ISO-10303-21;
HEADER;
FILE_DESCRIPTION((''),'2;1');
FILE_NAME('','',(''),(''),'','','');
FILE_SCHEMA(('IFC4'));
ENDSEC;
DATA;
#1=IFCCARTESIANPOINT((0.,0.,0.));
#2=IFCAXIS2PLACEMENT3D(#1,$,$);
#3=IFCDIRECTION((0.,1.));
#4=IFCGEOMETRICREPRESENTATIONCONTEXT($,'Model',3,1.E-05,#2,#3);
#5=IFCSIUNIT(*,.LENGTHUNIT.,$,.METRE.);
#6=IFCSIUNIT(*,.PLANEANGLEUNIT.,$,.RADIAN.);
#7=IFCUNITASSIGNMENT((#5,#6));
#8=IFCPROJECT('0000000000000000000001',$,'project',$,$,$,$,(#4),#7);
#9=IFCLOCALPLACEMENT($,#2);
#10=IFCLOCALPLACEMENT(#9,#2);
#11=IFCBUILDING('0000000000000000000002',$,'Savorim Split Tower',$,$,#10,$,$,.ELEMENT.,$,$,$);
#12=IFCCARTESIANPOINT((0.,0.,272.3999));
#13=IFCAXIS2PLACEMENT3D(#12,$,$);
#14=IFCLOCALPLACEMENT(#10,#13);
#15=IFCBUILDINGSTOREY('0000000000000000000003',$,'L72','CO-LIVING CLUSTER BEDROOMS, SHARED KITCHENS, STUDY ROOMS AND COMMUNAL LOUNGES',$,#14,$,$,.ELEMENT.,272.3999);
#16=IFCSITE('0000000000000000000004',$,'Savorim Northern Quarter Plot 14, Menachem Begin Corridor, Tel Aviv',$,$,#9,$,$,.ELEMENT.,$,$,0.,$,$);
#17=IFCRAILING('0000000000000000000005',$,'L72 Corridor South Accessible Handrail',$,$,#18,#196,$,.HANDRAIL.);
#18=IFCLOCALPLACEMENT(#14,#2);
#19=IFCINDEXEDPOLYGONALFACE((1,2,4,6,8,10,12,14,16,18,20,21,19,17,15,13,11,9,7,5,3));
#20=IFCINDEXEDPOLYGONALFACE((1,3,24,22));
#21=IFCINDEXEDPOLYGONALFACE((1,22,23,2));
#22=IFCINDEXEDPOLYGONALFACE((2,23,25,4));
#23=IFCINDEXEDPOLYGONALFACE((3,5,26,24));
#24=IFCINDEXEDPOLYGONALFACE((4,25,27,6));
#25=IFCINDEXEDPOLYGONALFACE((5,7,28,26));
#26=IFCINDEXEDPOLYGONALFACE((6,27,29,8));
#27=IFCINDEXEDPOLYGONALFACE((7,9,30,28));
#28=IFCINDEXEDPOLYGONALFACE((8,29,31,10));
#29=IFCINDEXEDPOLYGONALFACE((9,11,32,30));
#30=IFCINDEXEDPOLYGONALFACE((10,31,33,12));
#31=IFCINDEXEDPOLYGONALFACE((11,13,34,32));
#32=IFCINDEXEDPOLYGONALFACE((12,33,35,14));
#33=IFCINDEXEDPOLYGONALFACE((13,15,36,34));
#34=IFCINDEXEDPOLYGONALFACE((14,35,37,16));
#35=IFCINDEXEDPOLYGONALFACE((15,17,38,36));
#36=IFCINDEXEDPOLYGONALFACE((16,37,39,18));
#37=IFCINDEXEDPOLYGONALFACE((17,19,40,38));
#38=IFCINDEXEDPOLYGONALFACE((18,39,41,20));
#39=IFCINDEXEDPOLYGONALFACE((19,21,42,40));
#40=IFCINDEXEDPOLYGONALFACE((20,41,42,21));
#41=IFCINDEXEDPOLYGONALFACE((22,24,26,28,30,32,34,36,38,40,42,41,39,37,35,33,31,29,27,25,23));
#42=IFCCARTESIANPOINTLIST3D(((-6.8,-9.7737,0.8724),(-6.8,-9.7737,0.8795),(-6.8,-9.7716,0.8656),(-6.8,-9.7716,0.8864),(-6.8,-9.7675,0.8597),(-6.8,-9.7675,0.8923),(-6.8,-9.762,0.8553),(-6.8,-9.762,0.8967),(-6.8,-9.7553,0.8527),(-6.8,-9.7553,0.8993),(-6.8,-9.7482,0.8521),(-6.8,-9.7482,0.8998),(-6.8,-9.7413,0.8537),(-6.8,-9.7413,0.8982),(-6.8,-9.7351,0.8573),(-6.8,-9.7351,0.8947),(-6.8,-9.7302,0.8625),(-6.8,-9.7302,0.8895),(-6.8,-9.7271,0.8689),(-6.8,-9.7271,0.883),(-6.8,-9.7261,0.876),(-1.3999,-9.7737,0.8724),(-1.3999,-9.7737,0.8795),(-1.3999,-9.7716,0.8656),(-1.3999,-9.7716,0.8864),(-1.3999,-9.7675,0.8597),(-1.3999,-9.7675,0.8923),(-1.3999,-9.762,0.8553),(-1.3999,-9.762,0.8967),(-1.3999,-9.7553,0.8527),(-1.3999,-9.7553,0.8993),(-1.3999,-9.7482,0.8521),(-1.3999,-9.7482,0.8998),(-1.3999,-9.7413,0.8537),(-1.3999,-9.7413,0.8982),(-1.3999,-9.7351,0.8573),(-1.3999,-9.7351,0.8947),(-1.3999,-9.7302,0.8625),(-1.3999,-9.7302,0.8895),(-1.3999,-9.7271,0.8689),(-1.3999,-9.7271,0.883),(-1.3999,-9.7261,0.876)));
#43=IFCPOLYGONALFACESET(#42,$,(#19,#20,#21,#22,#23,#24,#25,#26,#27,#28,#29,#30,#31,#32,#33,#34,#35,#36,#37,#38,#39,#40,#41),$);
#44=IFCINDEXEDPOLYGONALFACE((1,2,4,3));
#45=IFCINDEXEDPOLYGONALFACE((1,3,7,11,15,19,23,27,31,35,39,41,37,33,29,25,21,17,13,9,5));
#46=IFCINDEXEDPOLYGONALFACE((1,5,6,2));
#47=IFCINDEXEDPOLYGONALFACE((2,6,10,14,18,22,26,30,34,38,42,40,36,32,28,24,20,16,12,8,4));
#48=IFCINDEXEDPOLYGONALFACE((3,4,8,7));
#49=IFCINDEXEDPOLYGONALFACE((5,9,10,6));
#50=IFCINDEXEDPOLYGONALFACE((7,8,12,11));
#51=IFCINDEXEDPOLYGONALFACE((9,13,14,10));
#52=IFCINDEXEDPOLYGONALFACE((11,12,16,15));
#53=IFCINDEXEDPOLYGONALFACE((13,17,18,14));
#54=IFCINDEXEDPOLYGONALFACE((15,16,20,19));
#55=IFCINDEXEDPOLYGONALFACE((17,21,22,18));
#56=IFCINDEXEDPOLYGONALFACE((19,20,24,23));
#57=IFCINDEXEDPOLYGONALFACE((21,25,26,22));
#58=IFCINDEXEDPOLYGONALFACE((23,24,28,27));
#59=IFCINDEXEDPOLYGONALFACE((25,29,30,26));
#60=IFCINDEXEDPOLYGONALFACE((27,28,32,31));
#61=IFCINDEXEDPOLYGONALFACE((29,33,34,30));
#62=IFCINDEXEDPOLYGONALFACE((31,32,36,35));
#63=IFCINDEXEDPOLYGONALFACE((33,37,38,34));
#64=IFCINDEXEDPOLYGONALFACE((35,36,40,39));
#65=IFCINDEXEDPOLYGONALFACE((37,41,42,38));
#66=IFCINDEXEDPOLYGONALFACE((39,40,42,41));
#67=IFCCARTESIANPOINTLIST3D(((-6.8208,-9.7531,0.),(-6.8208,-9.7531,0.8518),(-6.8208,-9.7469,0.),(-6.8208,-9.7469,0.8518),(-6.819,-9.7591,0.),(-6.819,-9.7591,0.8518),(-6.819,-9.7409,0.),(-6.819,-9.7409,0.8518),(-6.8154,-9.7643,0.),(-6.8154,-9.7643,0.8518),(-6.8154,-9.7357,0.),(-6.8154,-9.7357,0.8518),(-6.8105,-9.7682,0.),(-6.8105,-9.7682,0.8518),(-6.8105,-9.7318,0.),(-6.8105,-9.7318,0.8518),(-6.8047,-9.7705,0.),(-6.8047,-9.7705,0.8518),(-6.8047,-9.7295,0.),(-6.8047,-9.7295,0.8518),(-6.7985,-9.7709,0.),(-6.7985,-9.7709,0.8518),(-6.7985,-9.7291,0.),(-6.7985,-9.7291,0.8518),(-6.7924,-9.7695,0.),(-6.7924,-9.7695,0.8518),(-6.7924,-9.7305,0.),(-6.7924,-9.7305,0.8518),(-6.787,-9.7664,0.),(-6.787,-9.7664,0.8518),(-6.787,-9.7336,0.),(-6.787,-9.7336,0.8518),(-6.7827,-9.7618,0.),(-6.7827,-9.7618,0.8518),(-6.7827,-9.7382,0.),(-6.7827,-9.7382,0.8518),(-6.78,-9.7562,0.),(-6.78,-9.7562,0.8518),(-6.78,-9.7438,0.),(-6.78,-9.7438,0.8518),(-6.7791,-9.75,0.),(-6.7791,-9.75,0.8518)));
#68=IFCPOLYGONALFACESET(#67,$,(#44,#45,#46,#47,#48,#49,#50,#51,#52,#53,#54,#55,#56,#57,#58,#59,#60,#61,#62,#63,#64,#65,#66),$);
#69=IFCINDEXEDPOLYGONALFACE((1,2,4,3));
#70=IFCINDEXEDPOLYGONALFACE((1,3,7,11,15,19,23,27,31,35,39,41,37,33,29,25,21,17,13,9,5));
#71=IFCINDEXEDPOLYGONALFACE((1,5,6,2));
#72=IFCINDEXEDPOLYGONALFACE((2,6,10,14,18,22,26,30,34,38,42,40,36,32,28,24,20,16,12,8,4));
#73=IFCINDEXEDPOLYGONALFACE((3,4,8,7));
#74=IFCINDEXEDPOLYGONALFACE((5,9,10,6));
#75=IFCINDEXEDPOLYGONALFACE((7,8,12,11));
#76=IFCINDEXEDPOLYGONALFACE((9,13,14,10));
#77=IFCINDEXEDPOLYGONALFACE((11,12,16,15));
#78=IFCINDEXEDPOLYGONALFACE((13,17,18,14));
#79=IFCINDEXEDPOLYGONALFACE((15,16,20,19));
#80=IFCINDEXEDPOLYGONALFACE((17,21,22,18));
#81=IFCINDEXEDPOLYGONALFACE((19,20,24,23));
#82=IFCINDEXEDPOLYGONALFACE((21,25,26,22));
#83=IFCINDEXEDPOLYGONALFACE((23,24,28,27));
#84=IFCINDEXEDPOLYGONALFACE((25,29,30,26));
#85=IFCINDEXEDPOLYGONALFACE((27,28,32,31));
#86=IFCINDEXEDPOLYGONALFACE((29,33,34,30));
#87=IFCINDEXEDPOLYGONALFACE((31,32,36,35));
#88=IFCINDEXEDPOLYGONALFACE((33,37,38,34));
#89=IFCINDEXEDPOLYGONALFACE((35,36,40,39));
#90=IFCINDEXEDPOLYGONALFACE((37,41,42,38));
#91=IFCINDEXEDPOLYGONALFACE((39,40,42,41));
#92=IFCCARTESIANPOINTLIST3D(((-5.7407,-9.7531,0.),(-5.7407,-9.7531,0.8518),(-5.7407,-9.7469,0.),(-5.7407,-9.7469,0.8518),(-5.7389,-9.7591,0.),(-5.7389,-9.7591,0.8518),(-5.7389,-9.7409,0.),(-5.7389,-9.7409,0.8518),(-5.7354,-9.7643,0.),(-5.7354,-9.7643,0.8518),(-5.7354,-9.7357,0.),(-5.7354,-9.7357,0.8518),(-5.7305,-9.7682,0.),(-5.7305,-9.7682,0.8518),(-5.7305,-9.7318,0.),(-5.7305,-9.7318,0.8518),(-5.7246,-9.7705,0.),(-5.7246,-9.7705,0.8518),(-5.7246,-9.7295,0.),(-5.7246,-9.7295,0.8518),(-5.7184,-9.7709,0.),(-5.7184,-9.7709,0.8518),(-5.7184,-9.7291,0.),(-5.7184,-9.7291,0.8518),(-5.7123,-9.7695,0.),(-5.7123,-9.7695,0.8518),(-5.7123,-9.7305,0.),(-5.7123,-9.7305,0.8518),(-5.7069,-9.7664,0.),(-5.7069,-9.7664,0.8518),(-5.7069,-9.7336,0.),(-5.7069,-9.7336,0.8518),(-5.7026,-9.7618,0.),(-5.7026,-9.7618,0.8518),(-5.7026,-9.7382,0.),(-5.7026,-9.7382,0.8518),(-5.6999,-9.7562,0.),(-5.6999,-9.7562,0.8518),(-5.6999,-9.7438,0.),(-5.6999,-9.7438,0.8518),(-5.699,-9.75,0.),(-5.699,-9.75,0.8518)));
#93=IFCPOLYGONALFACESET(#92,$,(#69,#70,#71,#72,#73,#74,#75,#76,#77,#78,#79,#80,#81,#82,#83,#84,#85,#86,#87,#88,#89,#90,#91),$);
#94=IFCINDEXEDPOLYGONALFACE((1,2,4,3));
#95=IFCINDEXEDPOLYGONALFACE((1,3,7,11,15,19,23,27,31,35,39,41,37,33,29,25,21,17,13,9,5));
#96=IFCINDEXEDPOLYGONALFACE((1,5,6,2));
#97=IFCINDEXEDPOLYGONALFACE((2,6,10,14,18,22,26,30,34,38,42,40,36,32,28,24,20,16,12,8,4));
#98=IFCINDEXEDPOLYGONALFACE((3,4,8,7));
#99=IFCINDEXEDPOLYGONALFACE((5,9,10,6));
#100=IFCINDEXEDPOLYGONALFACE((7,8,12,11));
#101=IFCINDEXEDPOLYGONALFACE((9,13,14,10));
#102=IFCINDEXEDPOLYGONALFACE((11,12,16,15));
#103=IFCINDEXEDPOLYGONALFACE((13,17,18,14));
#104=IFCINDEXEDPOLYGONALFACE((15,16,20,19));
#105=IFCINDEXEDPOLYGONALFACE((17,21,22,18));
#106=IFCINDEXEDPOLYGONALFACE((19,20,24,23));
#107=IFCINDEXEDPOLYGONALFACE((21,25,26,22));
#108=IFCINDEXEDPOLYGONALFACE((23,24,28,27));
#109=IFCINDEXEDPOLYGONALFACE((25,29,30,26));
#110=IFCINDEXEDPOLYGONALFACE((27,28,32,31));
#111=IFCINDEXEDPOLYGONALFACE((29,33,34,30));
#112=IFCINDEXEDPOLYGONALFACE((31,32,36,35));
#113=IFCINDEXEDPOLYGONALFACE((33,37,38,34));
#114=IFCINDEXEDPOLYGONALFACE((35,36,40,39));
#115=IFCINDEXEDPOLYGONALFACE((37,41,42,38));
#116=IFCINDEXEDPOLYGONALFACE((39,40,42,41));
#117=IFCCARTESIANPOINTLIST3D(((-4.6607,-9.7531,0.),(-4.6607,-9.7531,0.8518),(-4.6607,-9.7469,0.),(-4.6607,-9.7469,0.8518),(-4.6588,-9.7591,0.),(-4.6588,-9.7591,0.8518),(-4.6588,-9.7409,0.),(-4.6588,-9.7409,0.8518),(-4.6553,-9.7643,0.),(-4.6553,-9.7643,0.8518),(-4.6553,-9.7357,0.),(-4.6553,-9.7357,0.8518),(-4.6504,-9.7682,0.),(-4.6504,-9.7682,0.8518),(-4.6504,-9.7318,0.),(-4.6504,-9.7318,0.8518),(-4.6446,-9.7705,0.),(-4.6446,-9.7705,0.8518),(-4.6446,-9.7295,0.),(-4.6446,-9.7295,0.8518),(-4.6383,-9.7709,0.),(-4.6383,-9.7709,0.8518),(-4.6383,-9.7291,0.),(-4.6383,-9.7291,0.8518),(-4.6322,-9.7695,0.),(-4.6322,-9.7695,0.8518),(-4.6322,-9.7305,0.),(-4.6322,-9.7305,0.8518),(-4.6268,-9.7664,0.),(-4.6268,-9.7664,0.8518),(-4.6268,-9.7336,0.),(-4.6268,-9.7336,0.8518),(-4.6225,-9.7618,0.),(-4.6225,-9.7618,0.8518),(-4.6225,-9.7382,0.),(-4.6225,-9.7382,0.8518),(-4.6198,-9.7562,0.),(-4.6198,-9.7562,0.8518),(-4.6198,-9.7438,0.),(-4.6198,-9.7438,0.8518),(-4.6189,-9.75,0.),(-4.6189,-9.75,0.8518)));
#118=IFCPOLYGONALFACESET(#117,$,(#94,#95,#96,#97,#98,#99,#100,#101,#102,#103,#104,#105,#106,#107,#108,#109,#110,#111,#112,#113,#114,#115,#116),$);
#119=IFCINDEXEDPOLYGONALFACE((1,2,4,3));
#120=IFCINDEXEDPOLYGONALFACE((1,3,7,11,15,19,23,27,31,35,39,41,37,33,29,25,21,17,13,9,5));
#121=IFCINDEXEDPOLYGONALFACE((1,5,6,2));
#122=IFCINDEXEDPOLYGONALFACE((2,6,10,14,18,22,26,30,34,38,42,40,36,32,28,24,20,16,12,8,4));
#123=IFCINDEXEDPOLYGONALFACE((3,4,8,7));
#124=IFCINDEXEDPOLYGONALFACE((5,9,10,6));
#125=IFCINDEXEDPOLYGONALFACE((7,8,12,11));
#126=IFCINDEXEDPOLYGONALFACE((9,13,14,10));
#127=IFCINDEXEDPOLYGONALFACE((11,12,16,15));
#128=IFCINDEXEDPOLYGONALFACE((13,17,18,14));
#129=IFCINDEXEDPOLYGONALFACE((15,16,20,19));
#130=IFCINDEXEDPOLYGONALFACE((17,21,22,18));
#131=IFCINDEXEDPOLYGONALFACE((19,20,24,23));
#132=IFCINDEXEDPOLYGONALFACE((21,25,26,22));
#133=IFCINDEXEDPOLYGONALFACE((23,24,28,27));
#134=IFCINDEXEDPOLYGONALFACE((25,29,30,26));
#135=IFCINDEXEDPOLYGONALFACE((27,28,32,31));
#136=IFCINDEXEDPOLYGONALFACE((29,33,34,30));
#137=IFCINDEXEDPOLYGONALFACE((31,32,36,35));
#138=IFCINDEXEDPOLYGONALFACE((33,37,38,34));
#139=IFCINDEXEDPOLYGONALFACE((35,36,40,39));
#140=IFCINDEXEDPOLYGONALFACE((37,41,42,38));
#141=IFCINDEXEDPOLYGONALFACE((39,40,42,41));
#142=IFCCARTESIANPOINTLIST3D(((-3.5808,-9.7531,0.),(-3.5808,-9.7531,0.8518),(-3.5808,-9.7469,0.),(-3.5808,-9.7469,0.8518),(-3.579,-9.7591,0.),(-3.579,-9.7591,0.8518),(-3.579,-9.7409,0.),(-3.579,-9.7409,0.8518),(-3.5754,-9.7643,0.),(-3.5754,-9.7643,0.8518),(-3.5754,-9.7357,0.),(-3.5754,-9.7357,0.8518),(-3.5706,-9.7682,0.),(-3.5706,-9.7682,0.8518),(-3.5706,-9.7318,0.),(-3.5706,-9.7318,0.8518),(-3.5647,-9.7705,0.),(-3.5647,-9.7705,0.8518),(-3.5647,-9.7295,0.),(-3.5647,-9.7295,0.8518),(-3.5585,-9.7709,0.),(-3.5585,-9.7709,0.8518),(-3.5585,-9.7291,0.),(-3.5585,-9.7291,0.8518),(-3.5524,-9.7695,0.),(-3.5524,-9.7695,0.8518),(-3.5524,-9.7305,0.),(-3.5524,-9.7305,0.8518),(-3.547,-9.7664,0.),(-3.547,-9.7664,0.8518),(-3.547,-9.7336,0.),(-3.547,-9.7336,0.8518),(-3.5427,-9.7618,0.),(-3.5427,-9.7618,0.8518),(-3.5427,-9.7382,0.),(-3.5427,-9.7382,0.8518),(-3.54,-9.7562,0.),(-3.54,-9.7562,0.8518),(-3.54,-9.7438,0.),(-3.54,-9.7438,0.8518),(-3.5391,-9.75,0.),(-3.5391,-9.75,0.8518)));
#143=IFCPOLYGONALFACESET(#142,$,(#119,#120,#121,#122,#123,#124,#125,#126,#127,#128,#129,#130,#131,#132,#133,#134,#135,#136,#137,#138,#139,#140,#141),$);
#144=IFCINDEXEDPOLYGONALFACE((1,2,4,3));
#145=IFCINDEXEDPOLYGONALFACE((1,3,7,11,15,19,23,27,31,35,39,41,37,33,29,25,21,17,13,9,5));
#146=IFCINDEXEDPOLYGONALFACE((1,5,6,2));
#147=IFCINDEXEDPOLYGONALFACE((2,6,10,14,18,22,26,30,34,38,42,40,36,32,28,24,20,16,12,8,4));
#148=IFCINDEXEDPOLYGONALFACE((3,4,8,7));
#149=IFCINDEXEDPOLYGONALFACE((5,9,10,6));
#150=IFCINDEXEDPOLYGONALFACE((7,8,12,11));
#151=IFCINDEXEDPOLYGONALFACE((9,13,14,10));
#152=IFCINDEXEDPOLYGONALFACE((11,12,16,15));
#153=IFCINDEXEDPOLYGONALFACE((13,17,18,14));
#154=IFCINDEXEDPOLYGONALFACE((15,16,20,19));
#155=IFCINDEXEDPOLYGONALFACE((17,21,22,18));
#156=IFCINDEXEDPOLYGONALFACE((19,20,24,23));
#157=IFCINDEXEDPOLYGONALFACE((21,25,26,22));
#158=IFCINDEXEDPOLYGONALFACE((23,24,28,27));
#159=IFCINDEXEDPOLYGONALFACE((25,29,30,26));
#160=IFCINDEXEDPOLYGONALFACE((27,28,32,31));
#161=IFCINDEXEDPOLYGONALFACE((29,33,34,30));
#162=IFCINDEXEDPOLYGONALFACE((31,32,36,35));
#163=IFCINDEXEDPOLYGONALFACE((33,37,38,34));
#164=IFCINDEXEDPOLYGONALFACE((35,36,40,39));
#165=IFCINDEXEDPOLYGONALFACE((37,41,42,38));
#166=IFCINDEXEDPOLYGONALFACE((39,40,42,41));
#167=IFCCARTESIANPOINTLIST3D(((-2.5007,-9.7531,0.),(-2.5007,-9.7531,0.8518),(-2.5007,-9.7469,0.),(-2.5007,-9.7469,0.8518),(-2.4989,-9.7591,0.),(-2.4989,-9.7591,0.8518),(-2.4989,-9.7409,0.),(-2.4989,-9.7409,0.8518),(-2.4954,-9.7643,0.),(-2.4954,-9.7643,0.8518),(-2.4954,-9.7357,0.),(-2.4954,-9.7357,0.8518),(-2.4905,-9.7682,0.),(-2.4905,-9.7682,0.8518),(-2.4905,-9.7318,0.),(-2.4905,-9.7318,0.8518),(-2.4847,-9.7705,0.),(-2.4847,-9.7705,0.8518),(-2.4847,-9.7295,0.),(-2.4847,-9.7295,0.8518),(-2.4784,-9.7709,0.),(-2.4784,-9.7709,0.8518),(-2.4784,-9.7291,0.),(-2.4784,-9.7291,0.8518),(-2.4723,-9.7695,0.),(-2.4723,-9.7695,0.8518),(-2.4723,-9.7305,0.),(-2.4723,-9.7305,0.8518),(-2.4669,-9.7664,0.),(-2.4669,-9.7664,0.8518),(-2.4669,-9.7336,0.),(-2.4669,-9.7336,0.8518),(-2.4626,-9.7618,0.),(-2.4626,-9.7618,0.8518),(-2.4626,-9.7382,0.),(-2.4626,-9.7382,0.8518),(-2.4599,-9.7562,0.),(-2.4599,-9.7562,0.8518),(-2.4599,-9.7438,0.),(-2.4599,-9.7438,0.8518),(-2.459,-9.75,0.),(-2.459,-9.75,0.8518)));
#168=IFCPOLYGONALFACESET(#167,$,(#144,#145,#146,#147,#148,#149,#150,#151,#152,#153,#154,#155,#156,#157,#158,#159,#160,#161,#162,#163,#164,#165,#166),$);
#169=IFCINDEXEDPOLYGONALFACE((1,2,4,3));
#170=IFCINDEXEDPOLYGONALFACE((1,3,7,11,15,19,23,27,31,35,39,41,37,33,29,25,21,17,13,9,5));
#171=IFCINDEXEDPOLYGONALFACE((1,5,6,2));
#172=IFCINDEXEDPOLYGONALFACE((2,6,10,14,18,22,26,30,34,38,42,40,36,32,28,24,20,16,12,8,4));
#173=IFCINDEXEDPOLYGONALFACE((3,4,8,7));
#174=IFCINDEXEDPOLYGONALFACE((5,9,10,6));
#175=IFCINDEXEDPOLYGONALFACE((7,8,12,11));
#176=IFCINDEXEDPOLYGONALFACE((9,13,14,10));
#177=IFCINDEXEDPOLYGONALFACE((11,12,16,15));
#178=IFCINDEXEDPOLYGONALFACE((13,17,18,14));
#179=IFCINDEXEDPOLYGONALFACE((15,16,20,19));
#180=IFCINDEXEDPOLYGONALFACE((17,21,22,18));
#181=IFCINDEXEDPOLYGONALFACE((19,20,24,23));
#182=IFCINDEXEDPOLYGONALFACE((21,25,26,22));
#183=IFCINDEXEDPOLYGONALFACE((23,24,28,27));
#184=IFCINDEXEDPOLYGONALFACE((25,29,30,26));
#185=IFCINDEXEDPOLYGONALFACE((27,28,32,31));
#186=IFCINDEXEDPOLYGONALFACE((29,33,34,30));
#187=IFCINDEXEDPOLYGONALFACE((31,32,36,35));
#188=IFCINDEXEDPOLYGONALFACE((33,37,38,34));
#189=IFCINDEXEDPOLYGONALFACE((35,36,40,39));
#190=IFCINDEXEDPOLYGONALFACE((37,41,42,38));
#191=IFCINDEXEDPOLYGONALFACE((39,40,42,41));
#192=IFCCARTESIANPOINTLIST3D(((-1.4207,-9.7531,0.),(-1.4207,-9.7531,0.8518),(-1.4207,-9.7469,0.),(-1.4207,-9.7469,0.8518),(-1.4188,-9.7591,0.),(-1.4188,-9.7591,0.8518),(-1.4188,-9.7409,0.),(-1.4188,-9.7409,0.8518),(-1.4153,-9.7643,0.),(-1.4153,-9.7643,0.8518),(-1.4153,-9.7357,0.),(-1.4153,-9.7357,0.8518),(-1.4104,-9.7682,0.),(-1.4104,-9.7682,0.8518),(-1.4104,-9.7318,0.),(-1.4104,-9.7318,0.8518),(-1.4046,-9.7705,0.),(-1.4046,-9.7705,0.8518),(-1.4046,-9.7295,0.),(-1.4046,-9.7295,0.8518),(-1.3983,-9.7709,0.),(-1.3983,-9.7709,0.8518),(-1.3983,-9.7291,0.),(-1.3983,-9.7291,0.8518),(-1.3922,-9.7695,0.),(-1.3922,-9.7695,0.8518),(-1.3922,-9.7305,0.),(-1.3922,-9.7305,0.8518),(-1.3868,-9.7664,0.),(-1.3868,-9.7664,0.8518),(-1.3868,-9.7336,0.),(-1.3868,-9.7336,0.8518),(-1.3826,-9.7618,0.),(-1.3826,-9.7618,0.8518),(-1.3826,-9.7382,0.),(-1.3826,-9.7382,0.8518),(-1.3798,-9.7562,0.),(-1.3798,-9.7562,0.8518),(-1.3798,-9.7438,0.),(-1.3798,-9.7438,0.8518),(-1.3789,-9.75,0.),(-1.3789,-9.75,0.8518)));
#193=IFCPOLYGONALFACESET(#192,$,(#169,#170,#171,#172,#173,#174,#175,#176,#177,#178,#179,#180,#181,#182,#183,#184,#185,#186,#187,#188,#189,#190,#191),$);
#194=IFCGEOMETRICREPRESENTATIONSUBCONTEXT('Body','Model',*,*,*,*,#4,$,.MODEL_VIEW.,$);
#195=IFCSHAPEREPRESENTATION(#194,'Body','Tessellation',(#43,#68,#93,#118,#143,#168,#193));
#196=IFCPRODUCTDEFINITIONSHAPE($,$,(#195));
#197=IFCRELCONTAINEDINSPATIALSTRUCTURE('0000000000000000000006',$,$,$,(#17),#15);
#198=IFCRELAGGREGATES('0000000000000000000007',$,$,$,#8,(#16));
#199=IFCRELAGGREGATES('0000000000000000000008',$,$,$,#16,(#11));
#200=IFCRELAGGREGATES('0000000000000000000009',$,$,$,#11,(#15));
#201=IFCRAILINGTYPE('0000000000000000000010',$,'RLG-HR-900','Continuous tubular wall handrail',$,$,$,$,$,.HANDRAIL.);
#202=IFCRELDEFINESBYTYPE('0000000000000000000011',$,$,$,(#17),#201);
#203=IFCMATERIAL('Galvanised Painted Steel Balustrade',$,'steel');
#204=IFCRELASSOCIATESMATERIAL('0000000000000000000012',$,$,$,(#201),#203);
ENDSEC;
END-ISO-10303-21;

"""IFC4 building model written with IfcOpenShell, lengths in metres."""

from ifc_helpers import new_model, si_unit, direction, frame, origin, origin_2d, place, context, subcontext, project, spatial, circle, extrude, material, type_object, element, save


model = new_model("IFC4")

# Units and contexts
model_context = context("Model", 3, precision=1e-05, world=origin(), true_north=direction((0.0, 1.0)))
body_context = subcontext(model_context, "Body", "Model", "MODEL_VIEW")
ifc_project = project(units=[si_unit("LENGTHUNIT", "METRE"), si_unit("PLANEANGLEUNIT", "RADIAN")], contexts=[model_context])

# Site, building, storey
site_placement = place(None, origin())
site = spatial("IfcSite", under=ifc_project, at=site_placement, Name="Savorim Northern Quarter Plot 14, Menachem Begin Corridor, Tel Aviv", CompositionType="ELEMENT", RefElevation=0.0)
building_placement = place(site_placement, origin())
building = spatial("IfcBuilding", under=site, at=building_placement, Name="Savorim Split Tower", CompositionType="ELEMENT")
storey_placement = place(building_placement, frame((0.0, 0.0, 272.3999)))
storey = spatial("IfcBuildingStorey", under=building, at=storey_placement, Name="L72", Description="CO-LIVING CLUSTER BEDROOMS, SHARED KITCHENS, STUDY ROOMS AND COMMUNAL LOUNGES", CompositionType="ELEMENT", Elevation=272.3999)

# Railing
ifc_material_1 = material(Name="Galvanised Painted Steel Balustrade", Category="steel")
railing_type_1 = type_object("IfcRailingType", Name="RLG-HR-900", Description="Continuous tubular wall handrail", PredefinedType="HANDRAIL", material=ifc_material_1)
railing_1_placement = place(storey_placement, frame((-6.8, -9.75, 0.0)))
element("IfcRailing", 1, at=railing_1_placement, inside=storey, type_object=railing_type_1, Name="L72 Corridor South Accessible Handrail", PredefinedType="HANDRAIL", context=body_context, shape_type="SweptSolid", body=[
    extrude(circle(Radius=0.0239, at=origin_2d()), frame((0.0, 0.0, 0.876), z_axis=(1.0, 0.0, 0.0), x_axis=(0.0, 1.0, 0.0)), (0.0, 0.0, 1.0), 5.4001),
    extrude(circle(Radius=0.021, at=origin_2d()), origin(), (0.0, 0.0, 1.0), 0.8518),
    extrude(circle(Radius=0.021, at=origin_2d()), frame((1.0801, 0.0, 0.0)), (0.0, 0.0, 1.0), 0.8518),
    extrude(circle(Radius=0.021, at=origin_2d()), frame((2.1602, 0.0, 0.0)), (0.0, 0.0, 1.0), 0.8518),
    extrude(circle(Radius=0.021, at=origin_2d()), frame((3.24, 0.0, 0.0)), (0.0, 0.0, 1.0), 0.8518),
    extrude(circle(Radius=0.021, at=origin_2d()), frame((4.3201, 0.0, 0.0)), (0.0, 0.0, 1.0), 0.8518),
    extrude(circle(Radius=0.021, at=origin_2d()), frame((5.4001, 0.0, 0.0)), (0.0, 0.0, 1.0), 0.8518),
])

save(model, "model.ifc")
